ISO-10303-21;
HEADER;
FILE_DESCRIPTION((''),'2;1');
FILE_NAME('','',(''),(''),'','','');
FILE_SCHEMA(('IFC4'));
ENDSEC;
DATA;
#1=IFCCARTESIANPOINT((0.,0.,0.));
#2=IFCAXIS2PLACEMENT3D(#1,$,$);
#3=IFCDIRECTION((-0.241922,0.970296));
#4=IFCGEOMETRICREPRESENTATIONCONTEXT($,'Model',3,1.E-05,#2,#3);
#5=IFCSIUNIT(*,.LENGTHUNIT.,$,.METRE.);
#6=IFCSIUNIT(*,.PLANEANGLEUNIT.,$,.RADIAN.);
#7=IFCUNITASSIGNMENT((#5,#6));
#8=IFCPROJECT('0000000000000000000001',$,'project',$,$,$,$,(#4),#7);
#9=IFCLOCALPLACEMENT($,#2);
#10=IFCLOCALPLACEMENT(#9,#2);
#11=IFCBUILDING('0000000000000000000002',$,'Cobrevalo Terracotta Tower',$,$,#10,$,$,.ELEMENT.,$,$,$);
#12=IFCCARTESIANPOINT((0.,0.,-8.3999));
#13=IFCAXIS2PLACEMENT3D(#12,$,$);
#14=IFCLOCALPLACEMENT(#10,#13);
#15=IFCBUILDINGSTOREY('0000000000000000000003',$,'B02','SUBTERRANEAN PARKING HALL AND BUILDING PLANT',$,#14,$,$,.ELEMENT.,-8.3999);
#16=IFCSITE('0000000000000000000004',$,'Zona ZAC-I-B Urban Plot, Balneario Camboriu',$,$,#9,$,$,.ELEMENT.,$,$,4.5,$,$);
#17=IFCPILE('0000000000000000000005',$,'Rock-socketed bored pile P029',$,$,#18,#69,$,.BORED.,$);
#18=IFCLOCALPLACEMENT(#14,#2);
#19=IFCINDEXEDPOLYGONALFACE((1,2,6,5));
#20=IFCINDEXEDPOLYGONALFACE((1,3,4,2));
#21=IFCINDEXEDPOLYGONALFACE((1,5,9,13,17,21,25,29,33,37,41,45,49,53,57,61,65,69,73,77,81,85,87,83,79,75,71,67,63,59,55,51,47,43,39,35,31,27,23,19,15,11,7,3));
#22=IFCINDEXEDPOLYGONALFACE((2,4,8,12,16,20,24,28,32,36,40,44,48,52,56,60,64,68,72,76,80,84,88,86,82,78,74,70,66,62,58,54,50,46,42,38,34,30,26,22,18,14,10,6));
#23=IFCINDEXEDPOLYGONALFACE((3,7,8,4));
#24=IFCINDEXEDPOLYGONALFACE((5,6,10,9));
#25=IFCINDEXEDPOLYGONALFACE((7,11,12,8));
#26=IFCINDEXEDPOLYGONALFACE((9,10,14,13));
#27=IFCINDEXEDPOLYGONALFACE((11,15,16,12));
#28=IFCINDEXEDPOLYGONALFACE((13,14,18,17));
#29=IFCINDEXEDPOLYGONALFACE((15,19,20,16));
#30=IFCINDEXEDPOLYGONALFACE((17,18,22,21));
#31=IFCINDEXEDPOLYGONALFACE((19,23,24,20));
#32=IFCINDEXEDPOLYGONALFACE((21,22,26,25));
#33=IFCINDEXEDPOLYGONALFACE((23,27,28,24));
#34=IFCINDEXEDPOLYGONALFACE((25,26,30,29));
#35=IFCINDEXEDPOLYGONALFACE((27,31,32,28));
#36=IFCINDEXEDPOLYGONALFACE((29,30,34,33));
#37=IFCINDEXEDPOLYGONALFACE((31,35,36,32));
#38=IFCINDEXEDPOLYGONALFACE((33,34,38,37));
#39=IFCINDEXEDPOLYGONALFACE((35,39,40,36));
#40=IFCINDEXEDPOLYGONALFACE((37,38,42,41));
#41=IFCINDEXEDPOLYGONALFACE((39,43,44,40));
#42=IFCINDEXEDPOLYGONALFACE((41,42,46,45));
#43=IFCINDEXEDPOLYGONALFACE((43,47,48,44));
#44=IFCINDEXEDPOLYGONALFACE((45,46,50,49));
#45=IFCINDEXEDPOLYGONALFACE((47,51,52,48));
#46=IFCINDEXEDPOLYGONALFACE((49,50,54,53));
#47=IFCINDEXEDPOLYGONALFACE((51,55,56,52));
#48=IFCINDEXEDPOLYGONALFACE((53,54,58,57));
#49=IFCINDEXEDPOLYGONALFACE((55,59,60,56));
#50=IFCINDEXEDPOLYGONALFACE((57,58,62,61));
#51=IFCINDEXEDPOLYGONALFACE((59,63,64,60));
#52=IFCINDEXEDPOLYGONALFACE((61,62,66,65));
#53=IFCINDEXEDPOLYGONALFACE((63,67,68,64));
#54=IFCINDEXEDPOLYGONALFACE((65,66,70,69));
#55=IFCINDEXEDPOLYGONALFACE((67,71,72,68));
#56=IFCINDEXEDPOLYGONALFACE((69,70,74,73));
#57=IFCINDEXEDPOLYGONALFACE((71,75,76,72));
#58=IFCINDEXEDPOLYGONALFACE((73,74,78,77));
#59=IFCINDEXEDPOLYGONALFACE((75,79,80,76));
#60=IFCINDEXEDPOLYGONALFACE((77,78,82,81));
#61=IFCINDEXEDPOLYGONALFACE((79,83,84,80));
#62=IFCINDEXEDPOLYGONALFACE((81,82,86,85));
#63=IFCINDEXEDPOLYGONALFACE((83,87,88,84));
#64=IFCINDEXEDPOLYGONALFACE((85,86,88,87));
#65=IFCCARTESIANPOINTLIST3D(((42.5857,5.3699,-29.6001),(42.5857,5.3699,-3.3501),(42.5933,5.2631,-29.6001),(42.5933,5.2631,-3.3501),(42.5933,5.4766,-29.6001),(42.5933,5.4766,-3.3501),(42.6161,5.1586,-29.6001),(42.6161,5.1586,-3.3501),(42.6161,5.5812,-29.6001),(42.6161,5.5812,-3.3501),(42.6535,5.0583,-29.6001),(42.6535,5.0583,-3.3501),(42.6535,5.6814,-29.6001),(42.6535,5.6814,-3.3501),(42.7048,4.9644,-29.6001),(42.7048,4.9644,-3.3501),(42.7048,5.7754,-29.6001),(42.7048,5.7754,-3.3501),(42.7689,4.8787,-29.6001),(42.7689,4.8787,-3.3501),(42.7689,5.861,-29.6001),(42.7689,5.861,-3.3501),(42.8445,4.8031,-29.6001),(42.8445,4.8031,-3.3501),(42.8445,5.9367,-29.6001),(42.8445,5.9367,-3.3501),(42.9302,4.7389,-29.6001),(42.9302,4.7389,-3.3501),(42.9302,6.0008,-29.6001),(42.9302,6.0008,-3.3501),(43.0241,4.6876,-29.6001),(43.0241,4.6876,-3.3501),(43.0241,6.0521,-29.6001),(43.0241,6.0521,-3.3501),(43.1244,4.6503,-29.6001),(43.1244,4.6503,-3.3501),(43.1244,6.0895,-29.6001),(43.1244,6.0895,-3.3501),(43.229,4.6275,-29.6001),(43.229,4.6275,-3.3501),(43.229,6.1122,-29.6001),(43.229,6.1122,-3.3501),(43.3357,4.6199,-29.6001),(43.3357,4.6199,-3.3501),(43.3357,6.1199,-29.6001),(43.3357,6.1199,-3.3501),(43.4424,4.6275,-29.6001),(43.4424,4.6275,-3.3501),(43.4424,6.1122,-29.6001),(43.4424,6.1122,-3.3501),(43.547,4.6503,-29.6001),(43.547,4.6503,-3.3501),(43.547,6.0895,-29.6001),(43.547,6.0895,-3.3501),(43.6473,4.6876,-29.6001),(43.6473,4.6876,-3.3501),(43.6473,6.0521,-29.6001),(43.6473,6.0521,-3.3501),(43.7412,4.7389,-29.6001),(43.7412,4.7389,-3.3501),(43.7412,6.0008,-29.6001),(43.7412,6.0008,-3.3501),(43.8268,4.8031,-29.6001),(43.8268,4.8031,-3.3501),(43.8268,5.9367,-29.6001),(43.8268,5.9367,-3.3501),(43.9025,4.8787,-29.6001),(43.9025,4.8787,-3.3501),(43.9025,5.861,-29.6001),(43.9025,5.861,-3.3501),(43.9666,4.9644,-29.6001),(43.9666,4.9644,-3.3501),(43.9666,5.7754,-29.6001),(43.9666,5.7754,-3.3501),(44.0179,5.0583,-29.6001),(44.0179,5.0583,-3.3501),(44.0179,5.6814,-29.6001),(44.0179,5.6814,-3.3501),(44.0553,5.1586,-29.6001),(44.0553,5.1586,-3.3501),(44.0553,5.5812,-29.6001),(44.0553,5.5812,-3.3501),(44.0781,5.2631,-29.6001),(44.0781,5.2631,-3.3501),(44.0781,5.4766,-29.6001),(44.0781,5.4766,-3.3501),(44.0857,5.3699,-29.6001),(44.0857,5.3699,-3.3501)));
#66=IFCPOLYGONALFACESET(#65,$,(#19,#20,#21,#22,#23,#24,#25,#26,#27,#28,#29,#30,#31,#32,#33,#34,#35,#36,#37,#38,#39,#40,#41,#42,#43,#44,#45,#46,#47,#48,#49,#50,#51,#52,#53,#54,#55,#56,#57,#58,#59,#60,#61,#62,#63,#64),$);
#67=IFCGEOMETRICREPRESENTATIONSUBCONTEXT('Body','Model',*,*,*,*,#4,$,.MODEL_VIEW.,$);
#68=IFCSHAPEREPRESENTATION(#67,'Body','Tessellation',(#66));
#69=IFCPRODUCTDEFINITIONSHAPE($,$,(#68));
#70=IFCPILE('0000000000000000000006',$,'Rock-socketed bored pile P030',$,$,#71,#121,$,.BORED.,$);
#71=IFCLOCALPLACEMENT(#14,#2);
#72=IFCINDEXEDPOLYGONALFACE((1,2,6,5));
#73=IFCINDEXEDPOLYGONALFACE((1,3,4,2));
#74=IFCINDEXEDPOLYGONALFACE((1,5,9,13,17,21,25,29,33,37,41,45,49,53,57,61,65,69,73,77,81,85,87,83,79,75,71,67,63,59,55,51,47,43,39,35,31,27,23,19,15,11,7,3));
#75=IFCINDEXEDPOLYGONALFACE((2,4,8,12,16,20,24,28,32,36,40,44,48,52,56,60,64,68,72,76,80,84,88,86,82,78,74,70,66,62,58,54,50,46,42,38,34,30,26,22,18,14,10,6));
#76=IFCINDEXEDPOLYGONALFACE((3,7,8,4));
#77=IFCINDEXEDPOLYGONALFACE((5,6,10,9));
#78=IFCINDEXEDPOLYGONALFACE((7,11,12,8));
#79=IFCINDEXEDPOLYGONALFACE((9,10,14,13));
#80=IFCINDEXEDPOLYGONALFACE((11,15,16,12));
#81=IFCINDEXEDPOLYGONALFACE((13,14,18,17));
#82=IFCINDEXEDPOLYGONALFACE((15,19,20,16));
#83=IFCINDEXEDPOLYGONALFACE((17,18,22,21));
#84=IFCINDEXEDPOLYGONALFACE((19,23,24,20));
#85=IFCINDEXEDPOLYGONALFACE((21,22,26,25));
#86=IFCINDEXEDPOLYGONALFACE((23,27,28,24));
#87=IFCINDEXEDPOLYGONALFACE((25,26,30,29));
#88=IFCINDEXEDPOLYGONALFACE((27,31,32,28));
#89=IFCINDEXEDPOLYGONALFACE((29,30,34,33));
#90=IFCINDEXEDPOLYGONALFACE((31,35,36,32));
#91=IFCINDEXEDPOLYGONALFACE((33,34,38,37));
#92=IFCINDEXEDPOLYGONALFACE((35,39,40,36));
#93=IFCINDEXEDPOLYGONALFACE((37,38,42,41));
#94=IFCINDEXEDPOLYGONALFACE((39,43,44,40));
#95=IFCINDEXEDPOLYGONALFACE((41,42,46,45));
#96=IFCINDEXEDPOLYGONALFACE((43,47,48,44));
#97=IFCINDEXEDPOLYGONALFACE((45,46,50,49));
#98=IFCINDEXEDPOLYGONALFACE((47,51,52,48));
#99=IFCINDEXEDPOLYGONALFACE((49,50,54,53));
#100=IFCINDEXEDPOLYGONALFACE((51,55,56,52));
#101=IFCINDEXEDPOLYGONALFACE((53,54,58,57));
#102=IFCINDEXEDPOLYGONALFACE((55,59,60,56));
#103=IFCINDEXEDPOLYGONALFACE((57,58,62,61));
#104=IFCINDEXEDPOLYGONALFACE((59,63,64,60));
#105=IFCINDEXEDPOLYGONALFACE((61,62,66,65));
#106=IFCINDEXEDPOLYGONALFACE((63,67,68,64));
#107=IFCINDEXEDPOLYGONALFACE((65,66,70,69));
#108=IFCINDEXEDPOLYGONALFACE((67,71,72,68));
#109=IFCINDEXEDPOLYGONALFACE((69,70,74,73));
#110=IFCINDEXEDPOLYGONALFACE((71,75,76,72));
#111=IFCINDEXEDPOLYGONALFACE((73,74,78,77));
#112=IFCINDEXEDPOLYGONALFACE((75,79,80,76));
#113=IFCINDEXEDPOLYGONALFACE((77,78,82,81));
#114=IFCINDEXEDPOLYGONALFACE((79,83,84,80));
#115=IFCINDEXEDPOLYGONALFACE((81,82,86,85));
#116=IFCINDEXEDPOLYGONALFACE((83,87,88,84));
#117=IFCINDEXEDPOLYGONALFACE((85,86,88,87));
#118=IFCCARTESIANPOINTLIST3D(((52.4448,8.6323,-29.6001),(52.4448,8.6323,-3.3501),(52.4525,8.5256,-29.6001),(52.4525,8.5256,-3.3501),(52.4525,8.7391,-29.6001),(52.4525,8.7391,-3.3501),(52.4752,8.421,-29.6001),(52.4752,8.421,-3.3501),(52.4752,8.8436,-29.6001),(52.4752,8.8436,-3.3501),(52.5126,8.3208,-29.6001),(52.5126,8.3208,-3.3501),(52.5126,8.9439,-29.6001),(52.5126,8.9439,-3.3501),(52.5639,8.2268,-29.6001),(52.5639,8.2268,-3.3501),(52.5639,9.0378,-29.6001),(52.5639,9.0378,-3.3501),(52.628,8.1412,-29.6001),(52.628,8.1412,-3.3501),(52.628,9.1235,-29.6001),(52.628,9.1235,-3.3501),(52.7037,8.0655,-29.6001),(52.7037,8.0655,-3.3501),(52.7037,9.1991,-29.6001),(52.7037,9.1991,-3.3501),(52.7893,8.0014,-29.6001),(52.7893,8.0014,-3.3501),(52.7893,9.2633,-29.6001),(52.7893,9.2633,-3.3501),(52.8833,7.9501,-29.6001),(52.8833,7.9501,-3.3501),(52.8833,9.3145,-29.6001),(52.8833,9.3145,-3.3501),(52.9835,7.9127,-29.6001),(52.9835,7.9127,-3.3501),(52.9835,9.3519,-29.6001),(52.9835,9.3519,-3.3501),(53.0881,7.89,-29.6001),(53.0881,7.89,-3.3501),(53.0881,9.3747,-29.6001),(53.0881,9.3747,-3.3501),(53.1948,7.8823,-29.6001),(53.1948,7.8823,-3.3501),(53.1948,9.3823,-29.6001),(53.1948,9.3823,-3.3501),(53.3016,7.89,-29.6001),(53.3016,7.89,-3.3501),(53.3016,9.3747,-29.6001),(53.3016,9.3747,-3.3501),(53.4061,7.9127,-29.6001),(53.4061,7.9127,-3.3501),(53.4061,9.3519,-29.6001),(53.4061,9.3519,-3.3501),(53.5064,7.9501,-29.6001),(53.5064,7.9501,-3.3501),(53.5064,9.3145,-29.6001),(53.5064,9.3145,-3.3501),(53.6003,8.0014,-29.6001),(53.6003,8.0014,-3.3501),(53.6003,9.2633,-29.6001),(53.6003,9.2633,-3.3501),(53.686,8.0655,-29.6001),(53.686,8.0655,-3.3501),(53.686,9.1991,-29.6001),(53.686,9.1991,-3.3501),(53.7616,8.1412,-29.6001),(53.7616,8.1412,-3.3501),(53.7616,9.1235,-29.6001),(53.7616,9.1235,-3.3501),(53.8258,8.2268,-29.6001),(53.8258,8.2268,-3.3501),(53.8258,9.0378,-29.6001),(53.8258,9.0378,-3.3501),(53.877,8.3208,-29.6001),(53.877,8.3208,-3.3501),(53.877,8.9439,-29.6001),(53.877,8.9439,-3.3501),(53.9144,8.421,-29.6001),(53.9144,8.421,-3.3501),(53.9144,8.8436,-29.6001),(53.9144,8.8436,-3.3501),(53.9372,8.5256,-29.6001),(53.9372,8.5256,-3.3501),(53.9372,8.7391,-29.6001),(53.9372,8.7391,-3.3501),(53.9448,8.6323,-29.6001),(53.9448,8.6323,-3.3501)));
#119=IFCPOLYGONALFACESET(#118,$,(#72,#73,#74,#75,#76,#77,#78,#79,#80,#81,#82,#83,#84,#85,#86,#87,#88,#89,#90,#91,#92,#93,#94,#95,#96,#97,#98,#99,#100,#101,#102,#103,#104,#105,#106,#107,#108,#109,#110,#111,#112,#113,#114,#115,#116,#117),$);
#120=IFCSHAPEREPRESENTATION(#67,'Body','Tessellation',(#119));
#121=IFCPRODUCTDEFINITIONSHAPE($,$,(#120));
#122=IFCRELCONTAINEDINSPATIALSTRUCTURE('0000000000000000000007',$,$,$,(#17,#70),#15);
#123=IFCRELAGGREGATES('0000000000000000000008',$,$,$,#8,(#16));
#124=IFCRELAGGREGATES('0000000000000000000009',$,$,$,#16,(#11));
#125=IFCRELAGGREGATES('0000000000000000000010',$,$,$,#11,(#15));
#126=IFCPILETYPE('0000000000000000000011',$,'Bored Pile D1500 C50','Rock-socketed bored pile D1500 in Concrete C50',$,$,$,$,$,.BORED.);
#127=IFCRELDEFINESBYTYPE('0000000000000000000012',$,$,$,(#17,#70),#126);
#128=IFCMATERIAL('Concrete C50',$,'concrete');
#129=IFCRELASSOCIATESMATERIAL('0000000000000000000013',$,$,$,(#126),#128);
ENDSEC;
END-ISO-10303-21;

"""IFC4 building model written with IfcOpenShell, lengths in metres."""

from ifc_helpers import new_model, si_unit, direction, frame, origin, origin_2d, place, context, subcontext, project, spatial, circle, extrude, material, material_profile, profile_set, type_object, element, save


model = new_model("IFC4")

# Units and contexts
model_context = context("Model", 3, precision=1e-05, world=origin(), true_north=direction((-0.241922, 0.970296)))
body_context = subcontext(model_context, "Body", "Model", "MODEL_VIEW")
ifc_project = project(units=[si_unit("LENGTHUNIT", "METRE"), si_unit("PLANEANGLEUNIT", "RADIAN")], contexts=[model_context])

# Site, building, storey
site_placement = place(None, origin())
site = spatial("IfcSite", under=ifc_project, at=site_placement, Name="Zona ZAC-I-B Urban Plot, Balneario Camboriu", CompositionType="ELEMENT", RefElevation=4.5)
building_placement = place(site_placement, origin())
building = spatial("IfcBuilding", under=site, at=building_placement, Name="Cobrevalo Terracotta Tower", CompositionType="ELEMENT")
storey_placement = place(building_placement, frame((0.0, 0.0, -8.3999)))
storey = spatial("IfcBuildingStorey", under=building, at=storey_placement, Name="B02", Description="SUBTERRANEAN PARKING HALL AND BUILDING PLANT", CompositionType="ELEMENT", Elevation=-8.3999)

# Piles
ifc_material_1 = material(Name="Concrete C50", Category="concrete")
ifc_material_profile_1 = material_profile(ifc_material_1, circle(Radius=0.75, at=origin_2d()), Name="PILE D1500")
ifc_profile_set_1 = profile_set([ifc_material_profile_1], Name="Concrete C50")
pile_type = type_object("IfcPileType", Name="Bored Pile D1500 C50", Description="Rock-socketed bored pile D1500 in Concrete C50", PredefinedType="BORED", material=ifc_profile_set_1)
for number, where, z_axis, x_axis, name in (
    (1, (43.3357, 5.3699, -3.3501), (0.0, 0.0, -1.0), (1.0, 0.0, 0.0), "Rock-socketed bored pile P029"),
    (2, (53.1948, 8.6323, -3.3501), (0.0, 0.0, -1.0), (1.0, 0.0, 0.0), "Rock-socketed bored pile P030"),
):
    element("IfcPile", number, at=place(storey_placement, frame(where, z_axis=z_axis, x_axis=x_axis)), inside=storey, type_object=pile_type, Name=name, PredefinedType="BORED", context=body_context, shape_type="SweptSolid", body=[
        extrude(circle(Radius=0.75, at=origin_2d()), origin(), (0.0, 0.0, 1.0), 26.25),
    ])

save(model, "model.ifc")
